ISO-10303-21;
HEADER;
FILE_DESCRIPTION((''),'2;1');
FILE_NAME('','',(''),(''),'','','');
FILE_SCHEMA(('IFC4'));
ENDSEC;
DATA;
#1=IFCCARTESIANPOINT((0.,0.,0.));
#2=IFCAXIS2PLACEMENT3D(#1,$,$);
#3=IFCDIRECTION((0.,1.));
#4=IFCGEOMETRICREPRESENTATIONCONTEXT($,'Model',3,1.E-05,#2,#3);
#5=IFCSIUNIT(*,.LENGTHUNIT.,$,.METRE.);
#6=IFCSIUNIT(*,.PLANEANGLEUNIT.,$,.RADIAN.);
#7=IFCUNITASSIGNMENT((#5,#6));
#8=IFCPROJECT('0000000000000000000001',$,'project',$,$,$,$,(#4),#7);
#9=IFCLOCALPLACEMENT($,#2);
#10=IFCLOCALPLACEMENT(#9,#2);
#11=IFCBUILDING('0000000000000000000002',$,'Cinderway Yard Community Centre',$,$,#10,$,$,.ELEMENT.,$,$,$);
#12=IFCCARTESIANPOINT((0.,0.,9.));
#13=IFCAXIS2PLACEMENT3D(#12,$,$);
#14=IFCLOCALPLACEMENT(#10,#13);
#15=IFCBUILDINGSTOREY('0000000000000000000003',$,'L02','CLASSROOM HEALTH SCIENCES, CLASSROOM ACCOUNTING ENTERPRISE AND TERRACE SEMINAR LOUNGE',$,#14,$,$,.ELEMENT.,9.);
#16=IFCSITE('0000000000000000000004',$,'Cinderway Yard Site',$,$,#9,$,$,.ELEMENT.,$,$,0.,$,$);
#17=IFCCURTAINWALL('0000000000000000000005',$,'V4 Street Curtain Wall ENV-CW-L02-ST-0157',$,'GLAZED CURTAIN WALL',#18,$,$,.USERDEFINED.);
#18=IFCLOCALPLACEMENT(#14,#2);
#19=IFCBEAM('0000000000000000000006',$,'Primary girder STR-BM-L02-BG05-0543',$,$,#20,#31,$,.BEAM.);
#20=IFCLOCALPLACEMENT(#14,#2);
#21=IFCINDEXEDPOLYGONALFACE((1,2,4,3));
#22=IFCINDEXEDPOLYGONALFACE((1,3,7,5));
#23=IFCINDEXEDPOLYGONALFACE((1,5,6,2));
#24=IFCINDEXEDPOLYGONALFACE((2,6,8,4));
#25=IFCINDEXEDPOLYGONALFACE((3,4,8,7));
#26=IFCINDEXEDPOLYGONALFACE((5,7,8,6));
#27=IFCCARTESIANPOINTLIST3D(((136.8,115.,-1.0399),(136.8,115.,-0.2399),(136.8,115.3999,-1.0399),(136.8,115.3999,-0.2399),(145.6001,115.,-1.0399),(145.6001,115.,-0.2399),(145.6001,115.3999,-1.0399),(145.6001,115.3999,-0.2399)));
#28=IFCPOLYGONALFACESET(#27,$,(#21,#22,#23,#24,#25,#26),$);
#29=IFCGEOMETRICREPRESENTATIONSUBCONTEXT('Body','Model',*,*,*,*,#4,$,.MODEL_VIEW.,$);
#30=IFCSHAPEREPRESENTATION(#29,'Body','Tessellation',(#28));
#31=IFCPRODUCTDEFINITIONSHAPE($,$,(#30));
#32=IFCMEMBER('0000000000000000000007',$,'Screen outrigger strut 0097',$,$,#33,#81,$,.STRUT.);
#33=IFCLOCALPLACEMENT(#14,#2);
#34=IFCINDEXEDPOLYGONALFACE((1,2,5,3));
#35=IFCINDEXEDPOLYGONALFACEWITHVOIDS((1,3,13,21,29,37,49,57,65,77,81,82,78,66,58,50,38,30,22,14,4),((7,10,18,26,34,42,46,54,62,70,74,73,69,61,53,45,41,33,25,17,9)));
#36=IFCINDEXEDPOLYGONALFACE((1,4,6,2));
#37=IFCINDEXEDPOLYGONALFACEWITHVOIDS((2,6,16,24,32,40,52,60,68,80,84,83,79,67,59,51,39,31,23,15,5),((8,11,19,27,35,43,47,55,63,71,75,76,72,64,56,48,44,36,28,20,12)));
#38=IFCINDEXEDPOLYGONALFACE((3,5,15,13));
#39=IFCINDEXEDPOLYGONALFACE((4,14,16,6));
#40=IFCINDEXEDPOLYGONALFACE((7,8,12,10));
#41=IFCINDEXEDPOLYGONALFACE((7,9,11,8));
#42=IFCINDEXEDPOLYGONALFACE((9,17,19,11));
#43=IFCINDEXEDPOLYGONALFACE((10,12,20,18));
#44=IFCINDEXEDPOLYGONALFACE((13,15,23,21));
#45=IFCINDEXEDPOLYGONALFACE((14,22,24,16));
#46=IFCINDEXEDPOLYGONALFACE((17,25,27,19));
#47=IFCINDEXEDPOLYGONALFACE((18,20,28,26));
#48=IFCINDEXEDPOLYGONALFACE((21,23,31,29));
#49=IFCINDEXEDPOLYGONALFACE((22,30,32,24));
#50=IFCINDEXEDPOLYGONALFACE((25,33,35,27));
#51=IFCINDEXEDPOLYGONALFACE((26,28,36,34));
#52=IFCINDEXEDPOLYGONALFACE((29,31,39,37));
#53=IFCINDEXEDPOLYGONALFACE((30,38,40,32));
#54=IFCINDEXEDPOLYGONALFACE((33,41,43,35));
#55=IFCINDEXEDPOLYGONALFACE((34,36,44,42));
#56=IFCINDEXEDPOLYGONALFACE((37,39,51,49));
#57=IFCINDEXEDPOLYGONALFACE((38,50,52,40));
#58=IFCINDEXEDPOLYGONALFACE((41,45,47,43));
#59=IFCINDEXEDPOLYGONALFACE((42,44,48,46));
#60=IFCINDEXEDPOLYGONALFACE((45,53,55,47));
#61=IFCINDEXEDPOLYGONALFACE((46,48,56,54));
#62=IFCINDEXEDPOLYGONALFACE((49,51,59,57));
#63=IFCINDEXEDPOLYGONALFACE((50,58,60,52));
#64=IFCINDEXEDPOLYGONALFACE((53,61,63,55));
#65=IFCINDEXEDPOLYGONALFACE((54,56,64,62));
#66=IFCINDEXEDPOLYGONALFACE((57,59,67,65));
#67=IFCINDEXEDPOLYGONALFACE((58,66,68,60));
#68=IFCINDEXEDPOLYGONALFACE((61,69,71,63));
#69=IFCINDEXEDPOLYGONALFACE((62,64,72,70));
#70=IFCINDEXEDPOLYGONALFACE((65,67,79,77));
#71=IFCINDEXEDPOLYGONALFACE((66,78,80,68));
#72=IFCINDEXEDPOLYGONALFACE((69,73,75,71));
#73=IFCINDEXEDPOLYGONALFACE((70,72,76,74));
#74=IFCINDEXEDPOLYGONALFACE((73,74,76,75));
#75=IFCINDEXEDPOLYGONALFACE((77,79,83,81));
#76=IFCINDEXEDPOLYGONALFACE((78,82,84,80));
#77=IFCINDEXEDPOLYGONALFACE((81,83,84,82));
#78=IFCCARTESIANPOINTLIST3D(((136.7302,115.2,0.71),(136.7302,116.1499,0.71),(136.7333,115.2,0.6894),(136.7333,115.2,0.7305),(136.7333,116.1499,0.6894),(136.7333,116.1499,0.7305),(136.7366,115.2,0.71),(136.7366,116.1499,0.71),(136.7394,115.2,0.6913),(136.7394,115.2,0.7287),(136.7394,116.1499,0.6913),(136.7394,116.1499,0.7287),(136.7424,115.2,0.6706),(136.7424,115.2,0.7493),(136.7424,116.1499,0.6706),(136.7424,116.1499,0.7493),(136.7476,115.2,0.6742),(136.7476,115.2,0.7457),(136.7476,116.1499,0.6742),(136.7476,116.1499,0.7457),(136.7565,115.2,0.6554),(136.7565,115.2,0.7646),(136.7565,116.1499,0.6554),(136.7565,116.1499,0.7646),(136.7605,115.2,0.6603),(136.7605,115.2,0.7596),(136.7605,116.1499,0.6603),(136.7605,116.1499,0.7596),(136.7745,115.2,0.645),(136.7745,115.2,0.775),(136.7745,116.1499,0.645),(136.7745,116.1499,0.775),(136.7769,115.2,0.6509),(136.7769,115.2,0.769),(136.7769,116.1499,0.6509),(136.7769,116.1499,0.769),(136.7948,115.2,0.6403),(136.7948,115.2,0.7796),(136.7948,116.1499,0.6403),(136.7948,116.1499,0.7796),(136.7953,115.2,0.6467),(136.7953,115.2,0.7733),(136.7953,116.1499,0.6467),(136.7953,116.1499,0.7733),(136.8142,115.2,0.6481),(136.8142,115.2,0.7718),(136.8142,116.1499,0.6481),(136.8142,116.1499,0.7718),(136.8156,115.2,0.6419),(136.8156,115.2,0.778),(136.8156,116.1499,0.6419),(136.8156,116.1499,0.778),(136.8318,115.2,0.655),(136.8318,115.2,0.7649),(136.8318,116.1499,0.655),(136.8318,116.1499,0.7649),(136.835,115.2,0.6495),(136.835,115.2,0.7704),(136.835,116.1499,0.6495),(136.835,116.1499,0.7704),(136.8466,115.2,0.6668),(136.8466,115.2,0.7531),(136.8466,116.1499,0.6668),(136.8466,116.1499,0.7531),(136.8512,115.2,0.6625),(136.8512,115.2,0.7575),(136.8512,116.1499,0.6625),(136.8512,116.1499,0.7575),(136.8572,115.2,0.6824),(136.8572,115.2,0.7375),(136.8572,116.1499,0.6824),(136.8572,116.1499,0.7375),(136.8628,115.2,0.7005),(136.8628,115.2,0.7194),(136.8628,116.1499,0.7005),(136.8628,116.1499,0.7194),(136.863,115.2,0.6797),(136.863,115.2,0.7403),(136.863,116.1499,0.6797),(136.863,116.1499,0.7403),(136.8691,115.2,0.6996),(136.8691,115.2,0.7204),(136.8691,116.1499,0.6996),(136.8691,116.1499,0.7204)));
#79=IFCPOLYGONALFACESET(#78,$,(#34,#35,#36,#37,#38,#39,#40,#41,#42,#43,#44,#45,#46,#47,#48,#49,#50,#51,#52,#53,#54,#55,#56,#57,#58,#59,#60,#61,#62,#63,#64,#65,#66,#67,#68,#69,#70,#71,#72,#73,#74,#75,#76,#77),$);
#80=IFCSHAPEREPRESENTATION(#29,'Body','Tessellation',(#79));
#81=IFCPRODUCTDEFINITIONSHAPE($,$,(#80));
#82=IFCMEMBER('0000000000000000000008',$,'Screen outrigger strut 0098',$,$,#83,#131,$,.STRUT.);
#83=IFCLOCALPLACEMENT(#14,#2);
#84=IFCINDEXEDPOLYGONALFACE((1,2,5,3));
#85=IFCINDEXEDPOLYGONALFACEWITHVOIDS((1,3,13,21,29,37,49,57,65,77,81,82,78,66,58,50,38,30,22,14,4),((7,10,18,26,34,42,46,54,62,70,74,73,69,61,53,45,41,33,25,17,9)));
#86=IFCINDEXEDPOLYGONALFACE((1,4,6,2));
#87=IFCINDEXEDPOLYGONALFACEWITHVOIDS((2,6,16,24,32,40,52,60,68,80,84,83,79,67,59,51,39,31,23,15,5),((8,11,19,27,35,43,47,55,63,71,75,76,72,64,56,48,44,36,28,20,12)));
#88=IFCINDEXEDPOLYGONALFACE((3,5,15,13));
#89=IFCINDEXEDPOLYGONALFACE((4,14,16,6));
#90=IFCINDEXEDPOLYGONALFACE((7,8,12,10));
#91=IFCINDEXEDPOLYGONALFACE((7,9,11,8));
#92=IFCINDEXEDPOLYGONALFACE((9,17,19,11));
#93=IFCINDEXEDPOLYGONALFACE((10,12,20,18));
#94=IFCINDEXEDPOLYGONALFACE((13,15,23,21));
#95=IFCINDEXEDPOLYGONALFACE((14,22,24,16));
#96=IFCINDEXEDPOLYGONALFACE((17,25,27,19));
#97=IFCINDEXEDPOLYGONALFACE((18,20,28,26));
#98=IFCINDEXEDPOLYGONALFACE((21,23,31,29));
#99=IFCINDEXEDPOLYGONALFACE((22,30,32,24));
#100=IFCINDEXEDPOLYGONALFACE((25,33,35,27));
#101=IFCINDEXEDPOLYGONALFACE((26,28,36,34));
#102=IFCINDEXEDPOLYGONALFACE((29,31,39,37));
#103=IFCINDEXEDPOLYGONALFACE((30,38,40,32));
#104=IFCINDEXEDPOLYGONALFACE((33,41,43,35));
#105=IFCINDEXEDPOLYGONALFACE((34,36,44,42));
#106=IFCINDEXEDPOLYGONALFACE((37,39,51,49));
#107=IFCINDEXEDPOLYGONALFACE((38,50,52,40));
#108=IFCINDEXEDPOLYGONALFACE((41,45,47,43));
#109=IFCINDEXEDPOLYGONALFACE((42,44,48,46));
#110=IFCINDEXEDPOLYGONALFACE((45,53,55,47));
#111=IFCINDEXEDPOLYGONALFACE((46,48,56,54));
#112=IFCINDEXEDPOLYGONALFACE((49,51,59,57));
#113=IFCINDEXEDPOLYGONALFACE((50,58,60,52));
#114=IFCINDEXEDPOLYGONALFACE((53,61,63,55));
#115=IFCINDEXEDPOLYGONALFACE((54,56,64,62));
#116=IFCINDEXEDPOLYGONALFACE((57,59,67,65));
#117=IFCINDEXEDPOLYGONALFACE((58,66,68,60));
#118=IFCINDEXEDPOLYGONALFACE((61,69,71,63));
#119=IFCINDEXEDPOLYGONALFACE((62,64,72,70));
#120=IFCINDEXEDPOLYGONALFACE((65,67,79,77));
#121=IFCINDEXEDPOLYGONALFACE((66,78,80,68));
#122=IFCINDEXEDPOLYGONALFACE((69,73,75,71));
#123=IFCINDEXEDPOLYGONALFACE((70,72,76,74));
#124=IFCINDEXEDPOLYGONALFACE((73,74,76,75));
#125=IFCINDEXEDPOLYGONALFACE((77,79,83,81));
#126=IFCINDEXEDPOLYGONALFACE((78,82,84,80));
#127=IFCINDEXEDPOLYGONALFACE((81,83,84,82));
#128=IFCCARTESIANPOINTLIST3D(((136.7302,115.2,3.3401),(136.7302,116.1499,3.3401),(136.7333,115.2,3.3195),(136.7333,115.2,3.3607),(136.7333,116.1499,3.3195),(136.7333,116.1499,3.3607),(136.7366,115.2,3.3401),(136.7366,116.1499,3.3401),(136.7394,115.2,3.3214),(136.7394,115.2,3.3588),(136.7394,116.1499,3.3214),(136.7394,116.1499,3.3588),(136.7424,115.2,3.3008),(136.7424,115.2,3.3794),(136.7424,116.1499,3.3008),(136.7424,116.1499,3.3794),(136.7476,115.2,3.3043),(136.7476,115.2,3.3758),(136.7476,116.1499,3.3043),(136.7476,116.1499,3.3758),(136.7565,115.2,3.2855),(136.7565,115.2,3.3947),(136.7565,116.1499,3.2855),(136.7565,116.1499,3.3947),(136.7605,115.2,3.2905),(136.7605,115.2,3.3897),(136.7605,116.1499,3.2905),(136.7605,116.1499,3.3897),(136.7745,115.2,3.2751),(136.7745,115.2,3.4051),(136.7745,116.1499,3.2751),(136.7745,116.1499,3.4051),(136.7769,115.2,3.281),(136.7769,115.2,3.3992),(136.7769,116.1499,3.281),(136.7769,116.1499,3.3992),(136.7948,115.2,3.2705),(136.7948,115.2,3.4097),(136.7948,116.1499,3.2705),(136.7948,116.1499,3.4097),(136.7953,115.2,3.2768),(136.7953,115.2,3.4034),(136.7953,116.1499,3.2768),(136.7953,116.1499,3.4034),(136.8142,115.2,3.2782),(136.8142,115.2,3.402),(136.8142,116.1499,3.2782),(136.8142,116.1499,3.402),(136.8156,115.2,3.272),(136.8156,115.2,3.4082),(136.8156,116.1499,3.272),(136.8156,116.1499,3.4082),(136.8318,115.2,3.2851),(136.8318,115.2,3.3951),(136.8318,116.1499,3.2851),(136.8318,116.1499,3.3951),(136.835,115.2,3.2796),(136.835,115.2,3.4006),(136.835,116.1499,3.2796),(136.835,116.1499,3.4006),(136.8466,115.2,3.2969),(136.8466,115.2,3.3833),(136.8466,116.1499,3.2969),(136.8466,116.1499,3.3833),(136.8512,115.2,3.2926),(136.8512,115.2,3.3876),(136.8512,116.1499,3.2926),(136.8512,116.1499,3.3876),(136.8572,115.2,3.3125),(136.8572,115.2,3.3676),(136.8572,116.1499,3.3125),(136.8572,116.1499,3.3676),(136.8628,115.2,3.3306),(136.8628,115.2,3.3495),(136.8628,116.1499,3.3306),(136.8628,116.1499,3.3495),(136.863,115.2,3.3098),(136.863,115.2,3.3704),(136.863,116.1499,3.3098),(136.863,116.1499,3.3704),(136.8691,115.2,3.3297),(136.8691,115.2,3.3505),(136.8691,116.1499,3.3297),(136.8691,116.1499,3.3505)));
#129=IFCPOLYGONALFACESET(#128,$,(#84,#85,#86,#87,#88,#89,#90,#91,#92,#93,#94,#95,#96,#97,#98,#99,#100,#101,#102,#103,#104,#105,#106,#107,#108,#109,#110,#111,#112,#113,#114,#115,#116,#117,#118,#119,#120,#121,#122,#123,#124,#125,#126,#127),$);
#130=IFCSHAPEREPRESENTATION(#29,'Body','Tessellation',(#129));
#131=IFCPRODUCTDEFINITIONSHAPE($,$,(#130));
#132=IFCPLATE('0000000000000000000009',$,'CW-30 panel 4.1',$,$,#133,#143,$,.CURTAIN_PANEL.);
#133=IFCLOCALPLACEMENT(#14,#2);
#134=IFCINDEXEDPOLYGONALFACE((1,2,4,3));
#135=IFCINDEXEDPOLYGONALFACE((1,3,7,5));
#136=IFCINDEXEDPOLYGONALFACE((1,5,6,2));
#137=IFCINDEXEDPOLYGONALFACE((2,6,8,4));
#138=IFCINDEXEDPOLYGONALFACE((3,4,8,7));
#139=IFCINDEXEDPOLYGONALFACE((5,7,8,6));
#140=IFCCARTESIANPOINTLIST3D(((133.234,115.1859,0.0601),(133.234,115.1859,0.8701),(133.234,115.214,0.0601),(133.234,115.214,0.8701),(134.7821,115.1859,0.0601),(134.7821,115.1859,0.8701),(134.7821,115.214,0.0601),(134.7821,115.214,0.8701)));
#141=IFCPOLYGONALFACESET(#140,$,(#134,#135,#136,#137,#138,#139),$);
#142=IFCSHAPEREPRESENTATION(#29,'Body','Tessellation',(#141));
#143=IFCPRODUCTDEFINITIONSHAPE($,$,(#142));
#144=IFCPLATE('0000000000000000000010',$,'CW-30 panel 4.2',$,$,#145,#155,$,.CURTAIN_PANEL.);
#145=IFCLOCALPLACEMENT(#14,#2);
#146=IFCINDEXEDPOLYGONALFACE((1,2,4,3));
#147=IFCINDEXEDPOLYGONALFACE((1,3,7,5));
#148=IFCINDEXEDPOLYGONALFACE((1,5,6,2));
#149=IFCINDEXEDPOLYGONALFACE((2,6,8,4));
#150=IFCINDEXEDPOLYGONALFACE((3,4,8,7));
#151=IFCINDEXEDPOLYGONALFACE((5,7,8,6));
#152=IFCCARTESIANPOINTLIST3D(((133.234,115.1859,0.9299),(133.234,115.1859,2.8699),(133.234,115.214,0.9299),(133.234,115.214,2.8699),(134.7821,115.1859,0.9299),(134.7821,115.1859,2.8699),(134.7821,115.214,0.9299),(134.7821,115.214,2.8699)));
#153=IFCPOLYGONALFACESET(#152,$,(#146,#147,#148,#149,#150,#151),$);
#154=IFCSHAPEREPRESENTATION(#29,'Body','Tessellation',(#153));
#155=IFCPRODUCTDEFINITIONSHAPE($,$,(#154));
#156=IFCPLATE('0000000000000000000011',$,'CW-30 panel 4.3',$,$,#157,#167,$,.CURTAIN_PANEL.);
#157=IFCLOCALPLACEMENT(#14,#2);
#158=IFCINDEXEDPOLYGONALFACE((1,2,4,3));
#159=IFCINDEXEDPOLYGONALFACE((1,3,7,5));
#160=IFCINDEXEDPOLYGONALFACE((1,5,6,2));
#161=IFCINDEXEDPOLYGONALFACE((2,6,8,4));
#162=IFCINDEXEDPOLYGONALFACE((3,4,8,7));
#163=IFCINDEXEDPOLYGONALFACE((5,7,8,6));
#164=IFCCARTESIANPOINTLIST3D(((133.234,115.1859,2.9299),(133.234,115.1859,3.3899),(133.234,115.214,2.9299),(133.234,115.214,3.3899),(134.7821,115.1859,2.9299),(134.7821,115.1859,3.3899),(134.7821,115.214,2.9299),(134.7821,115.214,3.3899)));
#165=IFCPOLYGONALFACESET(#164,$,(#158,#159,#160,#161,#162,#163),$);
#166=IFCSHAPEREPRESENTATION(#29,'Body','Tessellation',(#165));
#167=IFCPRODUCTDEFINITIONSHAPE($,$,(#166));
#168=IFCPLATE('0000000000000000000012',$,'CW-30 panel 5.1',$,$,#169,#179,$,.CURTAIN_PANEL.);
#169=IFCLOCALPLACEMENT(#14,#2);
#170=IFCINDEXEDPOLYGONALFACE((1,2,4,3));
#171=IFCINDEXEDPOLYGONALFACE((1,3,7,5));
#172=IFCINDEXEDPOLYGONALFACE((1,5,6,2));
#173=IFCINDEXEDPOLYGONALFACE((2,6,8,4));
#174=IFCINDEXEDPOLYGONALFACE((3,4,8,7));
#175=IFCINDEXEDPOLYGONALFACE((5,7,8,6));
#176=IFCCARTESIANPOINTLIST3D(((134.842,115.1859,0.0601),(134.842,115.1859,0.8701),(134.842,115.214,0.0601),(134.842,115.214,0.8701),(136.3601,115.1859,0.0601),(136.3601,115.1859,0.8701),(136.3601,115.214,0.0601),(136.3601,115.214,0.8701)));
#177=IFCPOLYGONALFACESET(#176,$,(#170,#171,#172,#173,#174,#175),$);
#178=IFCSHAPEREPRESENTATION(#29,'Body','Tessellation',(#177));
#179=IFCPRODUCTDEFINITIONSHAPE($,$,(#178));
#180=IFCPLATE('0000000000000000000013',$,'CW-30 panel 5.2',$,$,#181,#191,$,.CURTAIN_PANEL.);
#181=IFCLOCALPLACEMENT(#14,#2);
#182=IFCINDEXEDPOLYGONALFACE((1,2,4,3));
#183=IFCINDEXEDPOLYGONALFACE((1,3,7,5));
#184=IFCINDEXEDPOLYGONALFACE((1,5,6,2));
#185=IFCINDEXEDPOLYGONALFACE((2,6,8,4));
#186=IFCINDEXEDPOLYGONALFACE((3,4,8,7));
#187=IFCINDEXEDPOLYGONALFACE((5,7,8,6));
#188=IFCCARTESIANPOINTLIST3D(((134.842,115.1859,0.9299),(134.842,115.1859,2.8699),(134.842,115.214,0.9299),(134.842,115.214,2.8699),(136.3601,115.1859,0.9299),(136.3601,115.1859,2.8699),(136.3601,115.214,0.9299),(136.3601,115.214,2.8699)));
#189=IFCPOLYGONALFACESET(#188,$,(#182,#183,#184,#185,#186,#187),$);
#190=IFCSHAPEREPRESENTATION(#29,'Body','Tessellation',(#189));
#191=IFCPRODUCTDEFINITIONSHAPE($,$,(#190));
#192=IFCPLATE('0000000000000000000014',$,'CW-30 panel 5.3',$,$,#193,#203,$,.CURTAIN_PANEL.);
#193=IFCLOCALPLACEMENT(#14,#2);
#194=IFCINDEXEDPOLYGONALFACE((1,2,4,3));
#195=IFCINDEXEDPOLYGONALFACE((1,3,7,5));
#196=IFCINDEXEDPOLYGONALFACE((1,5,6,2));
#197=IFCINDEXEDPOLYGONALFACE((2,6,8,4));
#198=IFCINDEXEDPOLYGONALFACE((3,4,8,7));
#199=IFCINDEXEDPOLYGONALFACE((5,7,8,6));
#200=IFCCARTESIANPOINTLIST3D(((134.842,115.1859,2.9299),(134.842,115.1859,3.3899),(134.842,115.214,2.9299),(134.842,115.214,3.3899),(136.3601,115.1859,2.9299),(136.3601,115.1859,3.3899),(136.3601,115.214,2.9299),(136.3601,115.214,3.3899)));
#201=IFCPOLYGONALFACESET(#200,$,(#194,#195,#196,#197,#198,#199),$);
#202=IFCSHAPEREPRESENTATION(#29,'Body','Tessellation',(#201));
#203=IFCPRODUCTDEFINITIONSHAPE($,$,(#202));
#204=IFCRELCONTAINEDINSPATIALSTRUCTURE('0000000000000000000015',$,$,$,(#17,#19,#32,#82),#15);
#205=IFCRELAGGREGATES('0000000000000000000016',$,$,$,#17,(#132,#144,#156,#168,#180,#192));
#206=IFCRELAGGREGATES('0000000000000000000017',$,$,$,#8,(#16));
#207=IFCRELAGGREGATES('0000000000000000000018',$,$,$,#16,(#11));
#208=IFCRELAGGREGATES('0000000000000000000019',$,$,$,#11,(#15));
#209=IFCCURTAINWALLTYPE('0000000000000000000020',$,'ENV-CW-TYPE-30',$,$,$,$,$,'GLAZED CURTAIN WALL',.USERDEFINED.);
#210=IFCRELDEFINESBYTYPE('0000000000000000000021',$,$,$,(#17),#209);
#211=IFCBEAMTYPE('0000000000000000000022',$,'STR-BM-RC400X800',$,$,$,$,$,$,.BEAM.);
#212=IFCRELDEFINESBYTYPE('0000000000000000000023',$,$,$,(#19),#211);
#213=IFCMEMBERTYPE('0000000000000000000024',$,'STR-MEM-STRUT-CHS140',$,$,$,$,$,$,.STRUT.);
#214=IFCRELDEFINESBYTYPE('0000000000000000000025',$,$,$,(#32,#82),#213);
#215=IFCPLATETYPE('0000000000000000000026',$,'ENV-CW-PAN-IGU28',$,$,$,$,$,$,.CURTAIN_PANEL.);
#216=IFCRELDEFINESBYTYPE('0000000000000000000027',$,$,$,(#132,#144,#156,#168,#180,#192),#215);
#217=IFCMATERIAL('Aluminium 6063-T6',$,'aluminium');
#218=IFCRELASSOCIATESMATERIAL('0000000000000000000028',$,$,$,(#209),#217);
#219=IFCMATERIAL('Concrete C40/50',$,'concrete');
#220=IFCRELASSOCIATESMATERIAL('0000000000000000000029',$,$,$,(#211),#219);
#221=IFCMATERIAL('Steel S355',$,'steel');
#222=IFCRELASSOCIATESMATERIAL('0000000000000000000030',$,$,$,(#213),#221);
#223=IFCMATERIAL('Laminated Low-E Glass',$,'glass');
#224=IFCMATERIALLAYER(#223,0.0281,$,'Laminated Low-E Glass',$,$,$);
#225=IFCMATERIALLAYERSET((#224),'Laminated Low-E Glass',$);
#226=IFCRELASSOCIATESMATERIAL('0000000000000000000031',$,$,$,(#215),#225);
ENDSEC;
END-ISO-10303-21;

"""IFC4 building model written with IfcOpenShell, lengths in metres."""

from ifc_helpers import new_model, si_unit, direction, frame, origin, origin_2d, place, context, subcontext, project, spatial, rectangle, hollow_circle, extrude, material, layer, layer_set, material_profile, profile_set, type_object, element, aggregate, save


model = new_model("IFC4")

# Units and contexts
model_context = context("Model", 3, precision=1e-05, world=origin(), true_north=direction((0.0, 1.0)))
body_context = subcontext(model_context, "Body", "Model", "MODEL_VIEW")
ifc_project = project(units=[si_unit("LENGTHUNIT", "METRE"), si_unit("PLANEANGLEUNIT", "RADIAN")], contexts=[model_context])

# Site, building, storey
site_placement = place(None, origin())
site = spatial("IfcSite", under=ifc_project, at=site_placement, Name="Cinderway Yard Site", CompositionType="ELEMENT", RefElevation=0.0)
building_placement = place(site_placement, origin())
building = spatial("IfcBuilding", under=site, at=building_placement, Name="Cinderway Yard Community Centre", CompositionType="ELEMENT")
storey_placement = place(building_placement, frame((0.0, 0.0, 9.0)))
storey = spatial("IfcBuildingStorey", under=building, at=storey_placement, Name="L02", Description="CLASSROOM HEALTH SCIENCES, CLASSROOM ACCOUNTING ENTERPRISE AND TERRACE SEMINAR LOUNGE", CompositionType="ELEMENT", Elevation=9.0)

# Shared definitions
ifc_material_1 = material(Name="Concrete C40/50", Category="concrete")

# Curtain wall
ifc_material_2 = material(Name="Aluminium 6063-T6", Category="aluminium")
curtain_wall_type = type_object("IfcCurtainWallType", Name="ENV-CW-TYPE-30", ElementType="GLAZED CURTAIN WALL", PredefinedType="USERDEFINED", material=ifc_material_2)
curtain_wall_placement = place(storey_placement, origin())
curtain_wall = element("IfcCurtainWall", 1, at=curtain_wall_placement, inside=storey, type_object=curtain_wall_type, Name="V4 Street Curtain Wall ENV-CW-L02-ST-0157", ObjectType="GLAZED CURTAIN WALL", PredefinedType="USERDEFINED")

# Shared definitions
ifc_material_3 = material(Name="Steel S355", Category="steel")

# Beam
ifc_material_profile_1 = material_profile(ifc_material_1, rectangle(XDim=0.3999, YDim=0.8, at=origin_2d()), Name="Concrete C40/50")
ifc_profile_set_1 = profile_set([ifc_material_profile_1], Name="Concrete C40/50")
beam_type = type_object("IfcBeamType", Name="STR-BM-RC400X800", PredefinedType="BEAM", material=ifc_profile_set_1)
beam_placement = place(storey_placement, frame((136.8, 115.2, -0.6399), z_axis=(1.0, 0.0, 0.0), x_axis=(0.0, 1.0, 0.0)))
element("IfcBeam", 2, at=beam_placement, inside=storey, type_object=beam_type, Name="Primary girder STR-BM-L02-BG05-0543", PredefinedType="BEAM", context=body_context, shape_type="SweptSolid", body=[
    extrude(rectangle(XDim=0.3999, YDim=0.8, at=origin_2d()), origin(), (0.0, 0.0, 1.0), 8.8),
])

# Members
ifc_material_profile_2 = material_profile(ifc_material_3, hollow_circle(Radius=0.0698, WallThickness=0.0063, at=origin_2d()), Name="Steel S355")
ifc_profile_set_2 = profile_set([ifc_material_profile_2], Name="Steel S355")
member_type_1 = type_object("IfcMemberType", Name="STR-MEM-STRUT-CHS140", PredefinedType="STRUT", material=ifc_profile_set_2)
for number, where, z_axis, x_axis, name in (
    (3, (136.8, 115.2, 0.71), (0.0, 1.0, 0.0), (-1.0, 0.0, 0.0), "Screen outrigger strut 0097"),
    (4, (136.8, 115.2, 3.3401), (0.0, 1.0, 0.0), (-1.0, 0.0, 0.0), "Screen outrigger strut 0098"),
):
    element("IfcMember", number, at=place(storey_placement, frame(where, z_axis=z_axis, x_axis=x_axis)), inside=storey, type_object=member_type_1, Name=name, PredefinedType="STRUT", context=body_context, shape_type="SweptSolid", body=[
        extrude(hollow_circle(Radius=0.0698, WallThickness=0.0063, at=origin_2d()), origin(), (0.0, 0.0, 1.0), 0.95),
    ])

# Plates
ifc_material_4 = material(Name="Laminated Low-E Glass", Category="glass")
ifc_layer_1 = layer(ifc_material_4, 0.0281, Name="Laminated Low-E Glass")
ifc_layer_set_1 = layer_set([ifc_layer_1], Name="Laminated Low-E Glass")
plate_type = type_object("IfcPlateType", Name="ENV-CW-PAN-IGU28", PredefinedType="CURTAIN_PANEL", material=ifc_layer_set_1)
plate_1_placement = place(storey_placement, frame((134.0081, 115.2, 0.0601), z_axis=(0.0, 0.0, 1.0), x_axis=(1.0, 0.0, 0.0)))
plate_1 = element("IfcPlate", 5, at=plate_1_placement, type_object=plate_type, Name="CW-30 panel 4.1", PredefinedType="CURTAIN_PANEL", context=body_context, shape_type="SweptSolid", body=[
    extrude(rectangle(XDim=1.5481, YDim=0.0281, at=origin_2d()), origin(), (0.0, 0.0, 1.0), 0.8101),
])
plate_2_placement = place(storey_placement, frame((134.0081, 115.2, 0.9299), z_axis=(0.0, 0.0, 1.0), x_axis=(1.0, 0.0, 0.0)))
plate_2 = element("IfcPlate", 6, at=plate_2_placement, type_object=plate_type, Name="CW-30 panel 4.2", PredefinedType="CURTAIN_PANEL", context=body_context, shape_type="SweptSolid", body=[
    extrude(rectangle(XDim=1.5481, YDim=0.0281, at=origin_2d()), origin(), (0.0, 0.0, 1.0), 1.9399),
])
plate_3_placement = place(storey_placement, frame((134.0081, 115.2, 2.9299), z_axis=(0.0, 0.0, 1.0), x_axis=(1.0, 0.0, 0.0)))
plate_3 = element("IfcPlate", 7, at=plate_3_placement, type_object=plate_type, Name="CW-30 panel 4.3", PredefinedType="CURTAIN_PANEL", context=body_context, shape_type="SweptSolid", body=[
    extrude(rectangle(XDim=1.5481, YDim=0.0281, at=origin_2d()), origin(), (0.0, 0.0, 1.0), 0.46),
])
plate_4_placement = place(storey_placement, frame((135.6011, 115.2, 0.0601), z_axis=(0.0, 0.0, 1.0), x_axis=(1.0, 0.0, 0.0)))
plate_4 = element("IfcPlate", 8, at=plate_4_placement, type_object=plate_type, Name="CW-30 panel 5.1", PredefinedType="CURTAIN_PANEL", context=body_context, shape_type="SweptSolid", body=[
    extrude(rectangle(XDim=1.5181, YDim=0.0281, at=origin_2d()), origin(), (0.0, 0.0, 1.0), 0.8101),
])
plate_5_placement = place(storey_placement, frame((135.6011, 115.2, 0.9299), z_axis=(0.0, 0.0, 1.0), x_axis=(1.0, 0.0, 0.0)))
plate_5 = element("IfcPlate", 9, at=plate_5_placement, type_object=plate_type, Name="CW-30 panel 5.2", PredefinedType="CURTAIN_PANEL", context=body_context, shape_type="SweptSolid", body=[
    extrude(rectangle(XDim=1.5181, YDim=0.0281, at=origin_2d()), origin(), (0.0, 0.0, 1.0), 1.9399),
])
plate_6_placement = place(storey_placement, frame((135.6011, 115.2, 2.9299), z_axis=(0.0, 0.0, 1.0), x_axis=(1.0, 0.0, 0.0)))
plate_6 = element("IfcPlate", 10, at=plate_6_placement, type_object=plate_type, Name="CW-30 panel 5.3", PredefinedType="CURTAIN_PANEL", context=body_context, shape_type="SweptSolid", body=[
    extrude(rectangle(XDim=1.5181, YDim=0.0281, at=origin_2d()), origin(), (0.0, 0.0, 1.0), 0.46),
])
aggregate(curtain_wall, [plate_1, plate_2, plate_3, plate_4, plate_5, plate_6])

save(model, "model.ifc")
